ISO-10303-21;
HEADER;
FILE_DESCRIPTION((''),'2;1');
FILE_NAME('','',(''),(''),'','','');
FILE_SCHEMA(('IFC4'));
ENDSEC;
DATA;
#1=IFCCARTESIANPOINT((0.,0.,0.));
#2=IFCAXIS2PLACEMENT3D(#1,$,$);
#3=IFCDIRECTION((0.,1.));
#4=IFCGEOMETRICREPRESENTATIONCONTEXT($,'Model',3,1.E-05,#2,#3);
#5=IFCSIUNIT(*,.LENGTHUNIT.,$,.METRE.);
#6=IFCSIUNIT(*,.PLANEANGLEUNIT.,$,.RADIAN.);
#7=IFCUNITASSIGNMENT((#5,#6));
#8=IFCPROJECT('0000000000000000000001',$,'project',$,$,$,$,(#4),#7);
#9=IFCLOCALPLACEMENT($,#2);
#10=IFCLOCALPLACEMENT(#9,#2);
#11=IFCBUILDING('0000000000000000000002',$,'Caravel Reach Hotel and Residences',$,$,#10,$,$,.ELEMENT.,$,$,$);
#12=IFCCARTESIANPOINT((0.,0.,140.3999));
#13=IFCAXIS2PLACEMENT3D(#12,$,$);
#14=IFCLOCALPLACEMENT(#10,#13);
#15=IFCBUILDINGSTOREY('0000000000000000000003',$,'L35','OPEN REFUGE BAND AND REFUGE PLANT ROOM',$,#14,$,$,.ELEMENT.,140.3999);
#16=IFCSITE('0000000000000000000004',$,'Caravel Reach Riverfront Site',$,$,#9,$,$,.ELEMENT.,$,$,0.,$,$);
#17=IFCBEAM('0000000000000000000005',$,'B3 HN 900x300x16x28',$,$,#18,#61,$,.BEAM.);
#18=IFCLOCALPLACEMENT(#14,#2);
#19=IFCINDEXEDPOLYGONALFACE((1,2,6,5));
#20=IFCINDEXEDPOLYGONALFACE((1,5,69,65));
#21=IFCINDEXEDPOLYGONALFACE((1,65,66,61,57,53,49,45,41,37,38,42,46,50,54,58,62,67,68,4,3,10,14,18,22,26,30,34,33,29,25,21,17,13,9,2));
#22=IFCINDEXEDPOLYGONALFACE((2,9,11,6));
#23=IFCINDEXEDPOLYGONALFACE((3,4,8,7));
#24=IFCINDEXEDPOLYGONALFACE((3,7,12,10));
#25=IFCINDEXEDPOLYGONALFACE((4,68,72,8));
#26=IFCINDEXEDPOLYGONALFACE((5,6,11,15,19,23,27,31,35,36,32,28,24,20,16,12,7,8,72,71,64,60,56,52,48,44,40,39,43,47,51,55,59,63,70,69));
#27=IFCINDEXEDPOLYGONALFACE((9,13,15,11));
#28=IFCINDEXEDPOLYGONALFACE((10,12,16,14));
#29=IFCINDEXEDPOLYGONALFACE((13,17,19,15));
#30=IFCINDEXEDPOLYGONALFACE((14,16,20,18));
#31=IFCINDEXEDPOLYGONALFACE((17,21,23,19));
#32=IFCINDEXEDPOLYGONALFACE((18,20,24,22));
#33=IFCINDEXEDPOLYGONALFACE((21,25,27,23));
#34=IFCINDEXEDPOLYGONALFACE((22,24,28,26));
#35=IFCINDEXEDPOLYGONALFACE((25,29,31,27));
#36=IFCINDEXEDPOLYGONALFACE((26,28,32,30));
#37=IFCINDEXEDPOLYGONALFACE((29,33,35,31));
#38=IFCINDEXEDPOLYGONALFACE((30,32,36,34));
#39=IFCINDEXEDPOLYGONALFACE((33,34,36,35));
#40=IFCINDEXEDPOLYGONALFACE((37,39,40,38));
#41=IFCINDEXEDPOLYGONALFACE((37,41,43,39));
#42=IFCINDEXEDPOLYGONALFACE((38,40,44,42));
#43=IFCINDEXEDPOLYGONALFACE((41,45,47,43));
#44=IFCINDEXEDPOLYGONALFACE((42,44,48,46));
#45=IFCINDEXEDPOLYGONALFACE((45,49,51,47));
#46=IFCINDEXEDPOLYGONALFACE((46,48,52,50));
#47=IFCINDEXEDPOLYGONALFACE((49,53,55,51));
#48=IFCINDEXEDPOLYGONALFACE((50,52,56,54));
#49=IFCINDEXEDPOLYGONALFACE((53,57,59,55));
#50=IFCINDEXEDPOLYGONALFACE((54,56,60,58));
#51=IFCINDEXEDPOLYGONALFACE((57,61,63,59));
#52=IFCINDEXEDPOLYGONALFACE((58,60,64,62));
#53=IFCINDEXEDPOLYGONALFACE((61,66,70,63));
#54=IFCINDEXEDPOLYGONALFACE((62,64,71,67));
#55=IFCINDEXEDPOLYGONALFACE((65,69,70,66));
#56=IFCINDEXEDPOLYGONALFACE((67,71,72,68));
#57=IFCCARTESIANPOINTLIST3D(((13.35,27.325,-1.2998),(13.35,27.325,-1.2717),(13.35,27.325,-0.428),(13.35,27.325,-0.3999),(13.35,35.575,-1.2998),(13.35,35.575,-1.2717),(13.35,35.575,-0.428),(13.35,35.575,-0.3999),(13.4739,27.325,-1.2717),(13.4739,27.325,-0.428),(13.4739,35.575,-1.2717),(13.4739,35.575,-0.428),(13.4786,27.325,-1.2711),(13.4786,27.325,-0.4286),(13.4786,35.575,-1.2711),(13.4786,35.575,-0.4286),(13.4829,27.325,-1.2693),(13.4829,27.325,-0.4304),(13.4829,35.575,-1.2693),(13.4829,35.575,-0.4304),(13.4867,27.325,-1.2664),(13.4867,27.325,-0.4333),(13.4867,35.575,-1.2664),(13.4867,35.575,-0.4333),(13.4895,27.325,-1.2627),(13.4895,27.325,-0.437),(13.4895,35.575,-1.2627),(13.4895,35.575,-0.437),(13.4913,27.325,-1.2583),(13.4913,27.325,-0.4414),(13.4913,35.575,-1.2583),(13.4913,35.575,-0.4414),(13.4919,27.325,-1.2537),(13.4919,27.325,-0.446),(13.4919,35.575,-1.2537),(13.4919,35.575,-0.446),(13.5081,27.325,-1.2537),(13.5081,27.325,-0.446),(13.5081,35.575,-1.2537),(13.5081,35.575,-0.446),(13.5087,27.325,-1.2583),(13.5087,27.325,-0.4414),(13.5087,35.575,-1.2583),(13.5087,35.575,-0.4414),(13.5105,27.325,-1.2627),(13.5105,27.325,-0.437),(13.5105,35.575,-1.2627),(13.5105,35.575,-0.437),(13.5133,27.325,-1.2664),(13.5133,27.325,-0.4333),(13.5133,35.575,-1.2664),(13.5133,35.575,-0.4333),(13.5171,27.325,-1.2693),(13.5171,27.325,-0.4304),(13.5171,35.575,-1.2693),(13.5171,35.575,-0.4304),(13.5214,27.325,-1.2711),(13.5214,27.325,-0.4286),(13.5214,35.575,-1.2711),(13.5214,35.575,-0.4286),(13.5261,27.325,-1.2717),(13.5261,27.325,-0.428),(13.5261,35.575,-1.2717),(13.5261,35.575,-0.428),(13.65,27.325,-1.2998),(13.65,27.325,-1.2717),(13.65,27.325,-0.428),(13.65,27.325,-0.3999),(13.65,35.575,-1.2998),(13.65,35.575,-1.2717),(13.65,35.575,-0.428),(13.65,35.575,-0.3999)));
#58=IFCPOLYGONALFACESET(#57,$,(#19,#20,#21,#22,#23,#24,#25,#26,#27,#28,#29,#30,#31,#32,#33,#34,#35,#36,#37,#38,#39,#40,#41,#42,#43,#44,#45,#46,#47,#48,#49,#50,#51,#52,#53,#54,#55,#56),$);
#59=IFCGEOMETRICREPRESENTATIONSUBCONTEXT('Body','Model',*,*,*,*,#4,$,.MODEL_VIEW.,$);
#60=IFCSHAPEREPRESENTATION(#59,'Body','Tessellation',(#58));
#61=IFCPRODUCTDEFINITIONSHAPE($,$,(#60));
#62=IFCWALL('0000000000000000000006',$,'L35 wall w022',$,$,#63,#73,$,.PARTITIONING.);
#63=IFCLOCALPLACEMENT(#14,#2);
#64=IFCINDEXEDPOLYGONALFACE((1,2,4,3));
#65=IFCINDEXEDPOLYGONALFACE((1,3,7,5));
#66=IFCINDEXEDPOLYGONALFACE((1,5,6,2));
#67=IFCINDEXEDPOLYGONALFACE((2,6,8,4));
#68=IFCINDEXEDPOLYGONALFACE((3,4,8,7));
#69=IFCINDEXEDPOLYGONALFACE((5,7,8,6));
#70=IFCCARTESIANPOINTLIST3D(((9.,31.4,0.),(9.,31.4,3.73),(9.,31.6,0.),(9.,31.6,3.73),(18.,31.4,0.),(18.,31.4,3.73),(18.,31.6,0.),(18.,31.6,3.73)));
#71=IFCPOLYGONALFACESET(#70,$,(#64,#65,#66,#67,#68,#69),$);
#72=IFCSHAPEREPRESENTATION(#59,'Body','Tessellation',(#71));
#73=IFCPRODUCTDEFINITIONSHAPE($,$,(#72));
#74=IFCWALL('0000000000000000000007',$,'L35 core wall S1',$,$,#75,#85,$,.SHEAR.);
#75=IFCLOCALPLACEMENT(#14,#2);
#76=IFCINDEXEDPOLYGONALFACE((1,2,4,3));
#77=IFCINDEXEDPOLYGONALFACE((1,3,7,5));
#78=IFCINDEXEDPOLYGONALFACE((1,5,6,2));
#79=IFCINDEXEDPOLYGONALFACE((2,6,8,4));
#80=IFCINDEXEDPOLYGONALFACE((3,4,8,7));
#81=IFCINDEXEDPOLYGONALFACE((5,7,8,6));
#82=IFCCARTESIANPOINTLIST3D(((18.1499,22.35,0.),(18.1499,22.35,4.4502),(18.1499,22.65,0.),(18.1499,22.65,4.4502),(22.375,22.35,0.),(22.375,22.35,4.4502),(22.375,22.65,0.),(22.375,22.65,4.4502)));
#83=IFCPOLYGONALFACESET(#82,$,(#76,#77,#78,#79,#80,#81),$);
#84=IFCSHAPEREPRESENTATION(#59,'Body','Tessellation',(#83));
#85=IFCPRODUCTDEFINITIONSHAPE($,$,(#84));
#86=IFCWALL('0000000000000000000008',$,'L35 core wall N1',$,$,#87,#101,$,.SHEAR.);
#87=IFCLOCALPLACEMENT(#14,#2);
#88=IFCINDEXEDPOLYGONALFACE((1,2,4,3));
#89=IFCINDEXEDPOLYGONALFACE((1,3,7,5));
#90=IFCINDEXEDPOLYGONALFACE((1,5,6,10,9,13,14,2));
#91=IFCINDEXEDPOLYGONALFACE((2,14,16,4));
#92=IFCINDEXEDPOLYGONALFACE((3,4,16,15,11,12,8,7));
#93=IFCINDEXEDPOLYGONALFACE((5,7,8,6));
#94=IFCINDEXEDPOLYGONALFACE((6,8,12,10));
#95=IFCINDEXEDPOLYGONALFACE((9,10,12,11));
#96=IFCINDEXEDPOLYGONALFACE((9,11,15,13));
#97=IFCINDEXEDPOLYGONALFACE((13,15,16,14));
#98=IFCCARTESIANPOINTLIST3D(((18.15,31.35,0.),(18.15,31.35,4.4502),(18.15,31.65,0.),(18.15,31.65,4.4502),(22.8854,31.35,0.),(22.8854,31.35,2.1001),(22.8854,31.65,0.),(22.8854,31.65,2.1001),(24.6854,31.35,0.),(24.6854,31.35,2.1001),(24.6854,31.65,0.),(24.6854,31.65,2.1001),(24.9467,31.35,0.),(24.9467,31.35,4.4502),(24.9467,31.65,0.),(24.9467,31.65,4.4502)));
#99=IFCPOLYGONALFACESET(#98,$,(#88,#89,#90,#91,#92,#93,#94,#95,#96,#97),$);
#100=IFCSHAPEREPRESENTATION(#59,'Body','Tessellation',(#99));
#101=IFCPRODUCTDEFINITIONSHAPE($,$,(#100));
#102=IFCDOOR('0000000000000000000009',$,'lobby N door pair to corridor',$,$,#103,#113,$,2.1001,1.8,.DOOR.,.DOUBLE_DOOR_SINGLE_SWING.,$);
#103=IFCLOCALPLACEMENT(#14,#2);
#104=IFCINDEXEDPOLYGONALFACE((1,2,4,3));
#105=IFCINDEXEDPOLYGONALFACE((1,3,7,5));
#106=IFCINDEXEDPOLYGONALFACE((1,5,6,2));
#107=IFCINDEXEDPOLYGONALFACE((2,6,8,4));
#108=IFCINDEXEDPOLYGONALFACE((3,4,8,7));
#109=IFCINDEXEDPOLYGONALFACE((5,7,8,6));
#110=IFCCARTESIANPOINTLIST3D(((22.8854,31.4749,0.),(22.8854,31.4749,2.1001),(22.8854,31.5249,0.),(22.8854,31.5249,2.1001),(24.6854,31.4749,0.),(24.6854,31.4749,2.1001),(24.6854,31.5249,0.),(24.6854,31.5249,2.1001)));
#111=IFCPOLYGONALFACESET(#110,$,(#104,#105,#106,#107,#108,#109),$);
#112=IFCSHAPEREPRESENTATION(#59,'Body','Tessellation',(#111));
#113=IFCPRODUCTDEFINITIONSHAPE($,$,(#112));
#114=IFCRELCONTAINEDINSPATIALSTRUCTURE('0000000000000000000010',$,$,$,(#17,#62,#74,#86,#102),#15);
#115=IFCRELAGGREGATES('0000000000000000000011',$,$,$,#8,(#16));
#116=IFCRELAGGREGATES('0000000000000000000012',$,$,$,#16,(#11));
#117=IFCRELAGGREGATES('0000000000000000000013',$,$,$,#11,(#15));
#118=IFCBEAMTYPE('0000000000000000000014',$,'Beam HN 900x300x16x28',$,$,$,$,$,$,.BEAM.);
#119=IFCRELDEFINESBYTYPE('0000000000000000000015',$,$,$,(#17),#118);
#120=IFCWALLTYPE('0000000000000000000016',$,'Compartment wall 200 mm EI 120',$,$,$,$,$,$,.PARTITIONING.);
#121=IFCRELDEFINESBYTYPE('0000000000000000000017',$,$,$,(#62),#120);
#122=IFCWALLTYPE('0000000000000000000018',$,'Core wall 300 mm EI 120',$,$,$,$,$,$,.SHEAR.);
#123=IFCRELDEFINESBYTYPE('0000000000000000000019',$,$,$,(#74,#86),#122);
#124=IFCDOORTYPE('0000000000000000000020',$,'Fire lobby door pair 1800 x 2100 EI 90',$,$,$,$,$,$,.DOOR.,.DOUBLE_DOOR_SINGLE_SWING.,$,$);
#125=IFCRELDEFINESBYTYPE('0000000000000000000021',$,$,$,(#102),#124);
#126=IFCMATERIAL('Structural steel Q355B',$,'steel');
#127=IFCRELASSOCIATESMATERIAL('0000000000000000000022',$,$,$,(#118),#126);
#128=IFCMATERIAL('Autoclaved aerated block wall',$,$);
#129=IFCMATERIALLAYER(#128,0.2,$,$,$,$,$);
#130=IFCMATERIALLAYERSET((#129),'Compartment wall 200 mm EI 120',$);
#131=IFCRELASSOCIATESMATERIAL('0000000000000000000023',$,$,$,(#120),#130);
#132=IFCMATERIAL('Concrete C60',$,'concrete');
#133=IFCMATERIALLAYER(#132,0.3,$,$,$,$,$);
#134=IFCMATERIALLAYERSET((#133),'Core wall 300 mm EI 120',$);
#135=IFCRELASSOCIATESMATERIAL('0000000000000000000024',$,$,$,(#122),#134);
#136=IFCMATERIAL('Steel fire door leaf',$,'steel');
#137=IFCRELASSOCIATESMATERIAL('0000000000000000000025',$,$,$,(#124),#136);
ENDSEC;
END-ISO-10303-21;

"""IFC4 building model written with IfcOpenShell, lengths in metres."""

from ifc_helpers import new_model, si_unit, direction, frame, frame_2d, origin, origin_2d, place, context, subcontext, project, spatial, rectangle, i_section, extrude, material, layer, layer_set, material_profile, profile_set, type_object, element, fill, save


model = new_model("IFC4")

# Units and contexts
model_context = context("Model", 3, precision=1e-05, world=origin(), true_north=direction((0.0, 1.0)))
body_context = subcontext(model_context, "Body", "Model", "MODEL_VIEW")
ifc_project = project(units=[si_unit("LENGTHUNIT", "METRE"), si_unit("PLANEANGLEUNIT", "RADIAN")], contexts=[model_context])

# Site, building, storey
site_placement = place(None, origin())
site = spatial("IfcSite", under=ifc_project, at=site_placement, Name="Caravel Reach Riverfront Site", CompositionType="ELEMENT", RefElevation=0.0)
building_placement = place(site_placement, origin())
building = spatial("IfcBuilding", under=site, at=building_placement, Name="Caravel Reach Hotel and Residences", CompositionType="ELEMENT")
storey_placement = place(building_placement, frame((0.0, 0.0, 140.3999)))
storey = spatial("IfcBuildingStorey", under=building, at=storey_placement, Name="L35", Description="OPEN REFUGE BAND AND REFUGE PLANT ROOM", CompositionType="ELEMENT", Elevation=140.3999)

# Beam
ifc_material_1 = material(Name="Structural steel Q355B", Category="steel")
ifc_material_profile_1 = material_profile(ifc_material_1, i_section(OverallWidth=0.3, OverallDepth=0.8999, WebThickness=0.0161, FlangeThickness=0.0281, FilletRadius=0.0181, at=origin_2d()), Name="HN 900x300x16x28")
ifc_profile_set_1 = profile_set([ifc_material_profile_1], Name="Structural steel Q355B")
beam_type_1 = type_object("IfcBeamType", Name="Beam HN 900x300x16x28", PredefinedType="BEAM", material=ifc_profile_set_1)
beam_1_placement = place(storey_placement, frame((13.5, 27.325, -0.8499), z_axis=(0.0, 1.0, 0.0), x_axis=(-1.0, 0.0, 0.0)))
element("IfcBeam", 1, at=beam_1_placement, inside=storey, type_object=beam_type_1, Name="B3 HN 900x300x16x28", PredefinedType="BEAM", context=body_context, shape_type="SweptSolid", body=[
    extrude(i_section(OverallWidth=0.3, OverallDepth=0.8999, WebThickness=0.0161, FlangeThickness=0.0281, FilletRadius=0.0181, at=origin_2d()), origin(), (0.0, 0.0, 1.0), 8.25),
])

# Walls
ifc_material_2 = material(Name="Autoclaved aerated block wall")
ifc_layer_1 = layer(ifc_material_2, 0.2)
ifc_layer_set_1 = layer_set([ifc_layer_1], Name="Compartment wall 200 mm EI 120")
wall_type_1 = type_object("IfcWallType", Name="Compartment wall 200 mm EI 120", PredefinedType="PARTITIONING", material=ifc_layer_set_1)
wall_1_placement = place(storey_placement, frame((9.0, 31.5, 0.0), z_axis=(0.0, 0.0, 1.0), x_axis=(1.0, 0.0, 0.0)))
element("IfcWall", 2, at=wall_1_placement, inside=storey, type_object=wall_type_1, Name="L35 wall w022", PredefinedType="PARTITIONING", context=body_context, shape_type="SweptSolid", body=[
    extrude(rectangle(XDim=9.0, YDim=0.2, at=frame_2d((4.5, 0.0))), origin(), (0.0, 0.0, 1.0), 3.73),
])
ifc_material_3 = material(Name="Concrete C60", Category="concrete")
ifc_layer_2 = layer(ifc_material_3, 0.3)
ifc_layer_set_2 = layer_set([ifc_layer_2], Name="Core wall 300 mm EI 120")
wall_type_2 = type_object("IfcWallType", Name="Core wall 300 mm EI 120", PredefinedType="SHEAR", material=ifc_layer_set_2)
wall_2_placement = place(storey_placement, frame((18.1499, 22.5, 0.0), z_axis=(0.0, 0.0, 1.0), x_axis=(1.0, 0.0, 0.0)))
element("IfcWall", 3, at=wall_2_placement, inside=storey, type_object=wall_type_2, Name="L35 core wall S1", PredefinedType="SHEAR", context=body_context, shape_type="SweptSolid", body=[
    extrude(rectangle(XDim=4.2251, YDim=0.3, at=frame_2d((2.1125, 0.0))), origin(), (0.0, 0.0, 1.0), 4.4502),
])

# Wall, opening, door
wall_3_placement = place(storey_placement, frame((18.1499, 31.5, 0.0), z_axis=(0.0, 0.0, 1.0), x_axis=(1.0, 0.0, 0.0)))
wall_3 = element("IfcWall", 4, at=wall_3_placement, inside=storey, type_object=wall_type_2, Name="L35 core wall N1", PredefinedType="SHEAR", context=body_context, shape_type="SweptSolid", body=[
    extrude(rectangle(XDim=6.7966, YDim=0.3, at=frame_2d((3.3984, 0.0))), origin(), (0.0, 0.0, 1.0), 4.4502),
])
opening_placement = place(wall_3_placement, frame((4.7356, 0.0, 0.0)))
opening = element("IfcOpeningElement", 5, at=opening_placement, cuts=wall_3, PredefinedType="OPENING", context=body_context, shape_type="SweptSolid", body=[
    extrude(rectangle(XDim=1.8, YDim=2.1001, at=frame_2d((0.8999, 1.05))), frame((0.0, 0.1599, 0.0), z_axis=(0.0, -1.0, 0.0), x_axis=(1.0, 0.0, 0.0)), (0.0, 0.0, 1.0), 0.3201),
])
ifc_material_4 = material(Name="Steel fire door leaf", Category="steel")
door_type = type_object("IfcDoorType", Name="Fire lobby door pair 1800 x 2100 EI 90", OperationType="DOUBLE_DOOR_SINGLE_SWING", PredefinedType="DOOR", material=ifc_material_4)
door_placement = place(opening_placement, origin())
door = element("IfcDoor", 6, at=door_placement, inside=storey, type_object=door_type, Name="lobby N door pair to corridor", OperationType="DOUBLE_DOOR_SINGLE_SWING", OverallHeight=2.1001, OverallWidth=1.8, PredefinedType="DOOR", context=body_context, shape_type="SweptSolid", body=[
    extrude(rectangle(XDim=1.8, YDim=2.1001, at=frame_2d((0.8999, 1.05))), frame((0.0, 0.0249, 0.0), z_axis=(0.0, -1.0, 0.0), x_axis=(1.0, 0.0, 0.0)), (0.0, 0.0, 1.0), 0.05),
])
fill(opening, door)

save(model, "model.ifc")
